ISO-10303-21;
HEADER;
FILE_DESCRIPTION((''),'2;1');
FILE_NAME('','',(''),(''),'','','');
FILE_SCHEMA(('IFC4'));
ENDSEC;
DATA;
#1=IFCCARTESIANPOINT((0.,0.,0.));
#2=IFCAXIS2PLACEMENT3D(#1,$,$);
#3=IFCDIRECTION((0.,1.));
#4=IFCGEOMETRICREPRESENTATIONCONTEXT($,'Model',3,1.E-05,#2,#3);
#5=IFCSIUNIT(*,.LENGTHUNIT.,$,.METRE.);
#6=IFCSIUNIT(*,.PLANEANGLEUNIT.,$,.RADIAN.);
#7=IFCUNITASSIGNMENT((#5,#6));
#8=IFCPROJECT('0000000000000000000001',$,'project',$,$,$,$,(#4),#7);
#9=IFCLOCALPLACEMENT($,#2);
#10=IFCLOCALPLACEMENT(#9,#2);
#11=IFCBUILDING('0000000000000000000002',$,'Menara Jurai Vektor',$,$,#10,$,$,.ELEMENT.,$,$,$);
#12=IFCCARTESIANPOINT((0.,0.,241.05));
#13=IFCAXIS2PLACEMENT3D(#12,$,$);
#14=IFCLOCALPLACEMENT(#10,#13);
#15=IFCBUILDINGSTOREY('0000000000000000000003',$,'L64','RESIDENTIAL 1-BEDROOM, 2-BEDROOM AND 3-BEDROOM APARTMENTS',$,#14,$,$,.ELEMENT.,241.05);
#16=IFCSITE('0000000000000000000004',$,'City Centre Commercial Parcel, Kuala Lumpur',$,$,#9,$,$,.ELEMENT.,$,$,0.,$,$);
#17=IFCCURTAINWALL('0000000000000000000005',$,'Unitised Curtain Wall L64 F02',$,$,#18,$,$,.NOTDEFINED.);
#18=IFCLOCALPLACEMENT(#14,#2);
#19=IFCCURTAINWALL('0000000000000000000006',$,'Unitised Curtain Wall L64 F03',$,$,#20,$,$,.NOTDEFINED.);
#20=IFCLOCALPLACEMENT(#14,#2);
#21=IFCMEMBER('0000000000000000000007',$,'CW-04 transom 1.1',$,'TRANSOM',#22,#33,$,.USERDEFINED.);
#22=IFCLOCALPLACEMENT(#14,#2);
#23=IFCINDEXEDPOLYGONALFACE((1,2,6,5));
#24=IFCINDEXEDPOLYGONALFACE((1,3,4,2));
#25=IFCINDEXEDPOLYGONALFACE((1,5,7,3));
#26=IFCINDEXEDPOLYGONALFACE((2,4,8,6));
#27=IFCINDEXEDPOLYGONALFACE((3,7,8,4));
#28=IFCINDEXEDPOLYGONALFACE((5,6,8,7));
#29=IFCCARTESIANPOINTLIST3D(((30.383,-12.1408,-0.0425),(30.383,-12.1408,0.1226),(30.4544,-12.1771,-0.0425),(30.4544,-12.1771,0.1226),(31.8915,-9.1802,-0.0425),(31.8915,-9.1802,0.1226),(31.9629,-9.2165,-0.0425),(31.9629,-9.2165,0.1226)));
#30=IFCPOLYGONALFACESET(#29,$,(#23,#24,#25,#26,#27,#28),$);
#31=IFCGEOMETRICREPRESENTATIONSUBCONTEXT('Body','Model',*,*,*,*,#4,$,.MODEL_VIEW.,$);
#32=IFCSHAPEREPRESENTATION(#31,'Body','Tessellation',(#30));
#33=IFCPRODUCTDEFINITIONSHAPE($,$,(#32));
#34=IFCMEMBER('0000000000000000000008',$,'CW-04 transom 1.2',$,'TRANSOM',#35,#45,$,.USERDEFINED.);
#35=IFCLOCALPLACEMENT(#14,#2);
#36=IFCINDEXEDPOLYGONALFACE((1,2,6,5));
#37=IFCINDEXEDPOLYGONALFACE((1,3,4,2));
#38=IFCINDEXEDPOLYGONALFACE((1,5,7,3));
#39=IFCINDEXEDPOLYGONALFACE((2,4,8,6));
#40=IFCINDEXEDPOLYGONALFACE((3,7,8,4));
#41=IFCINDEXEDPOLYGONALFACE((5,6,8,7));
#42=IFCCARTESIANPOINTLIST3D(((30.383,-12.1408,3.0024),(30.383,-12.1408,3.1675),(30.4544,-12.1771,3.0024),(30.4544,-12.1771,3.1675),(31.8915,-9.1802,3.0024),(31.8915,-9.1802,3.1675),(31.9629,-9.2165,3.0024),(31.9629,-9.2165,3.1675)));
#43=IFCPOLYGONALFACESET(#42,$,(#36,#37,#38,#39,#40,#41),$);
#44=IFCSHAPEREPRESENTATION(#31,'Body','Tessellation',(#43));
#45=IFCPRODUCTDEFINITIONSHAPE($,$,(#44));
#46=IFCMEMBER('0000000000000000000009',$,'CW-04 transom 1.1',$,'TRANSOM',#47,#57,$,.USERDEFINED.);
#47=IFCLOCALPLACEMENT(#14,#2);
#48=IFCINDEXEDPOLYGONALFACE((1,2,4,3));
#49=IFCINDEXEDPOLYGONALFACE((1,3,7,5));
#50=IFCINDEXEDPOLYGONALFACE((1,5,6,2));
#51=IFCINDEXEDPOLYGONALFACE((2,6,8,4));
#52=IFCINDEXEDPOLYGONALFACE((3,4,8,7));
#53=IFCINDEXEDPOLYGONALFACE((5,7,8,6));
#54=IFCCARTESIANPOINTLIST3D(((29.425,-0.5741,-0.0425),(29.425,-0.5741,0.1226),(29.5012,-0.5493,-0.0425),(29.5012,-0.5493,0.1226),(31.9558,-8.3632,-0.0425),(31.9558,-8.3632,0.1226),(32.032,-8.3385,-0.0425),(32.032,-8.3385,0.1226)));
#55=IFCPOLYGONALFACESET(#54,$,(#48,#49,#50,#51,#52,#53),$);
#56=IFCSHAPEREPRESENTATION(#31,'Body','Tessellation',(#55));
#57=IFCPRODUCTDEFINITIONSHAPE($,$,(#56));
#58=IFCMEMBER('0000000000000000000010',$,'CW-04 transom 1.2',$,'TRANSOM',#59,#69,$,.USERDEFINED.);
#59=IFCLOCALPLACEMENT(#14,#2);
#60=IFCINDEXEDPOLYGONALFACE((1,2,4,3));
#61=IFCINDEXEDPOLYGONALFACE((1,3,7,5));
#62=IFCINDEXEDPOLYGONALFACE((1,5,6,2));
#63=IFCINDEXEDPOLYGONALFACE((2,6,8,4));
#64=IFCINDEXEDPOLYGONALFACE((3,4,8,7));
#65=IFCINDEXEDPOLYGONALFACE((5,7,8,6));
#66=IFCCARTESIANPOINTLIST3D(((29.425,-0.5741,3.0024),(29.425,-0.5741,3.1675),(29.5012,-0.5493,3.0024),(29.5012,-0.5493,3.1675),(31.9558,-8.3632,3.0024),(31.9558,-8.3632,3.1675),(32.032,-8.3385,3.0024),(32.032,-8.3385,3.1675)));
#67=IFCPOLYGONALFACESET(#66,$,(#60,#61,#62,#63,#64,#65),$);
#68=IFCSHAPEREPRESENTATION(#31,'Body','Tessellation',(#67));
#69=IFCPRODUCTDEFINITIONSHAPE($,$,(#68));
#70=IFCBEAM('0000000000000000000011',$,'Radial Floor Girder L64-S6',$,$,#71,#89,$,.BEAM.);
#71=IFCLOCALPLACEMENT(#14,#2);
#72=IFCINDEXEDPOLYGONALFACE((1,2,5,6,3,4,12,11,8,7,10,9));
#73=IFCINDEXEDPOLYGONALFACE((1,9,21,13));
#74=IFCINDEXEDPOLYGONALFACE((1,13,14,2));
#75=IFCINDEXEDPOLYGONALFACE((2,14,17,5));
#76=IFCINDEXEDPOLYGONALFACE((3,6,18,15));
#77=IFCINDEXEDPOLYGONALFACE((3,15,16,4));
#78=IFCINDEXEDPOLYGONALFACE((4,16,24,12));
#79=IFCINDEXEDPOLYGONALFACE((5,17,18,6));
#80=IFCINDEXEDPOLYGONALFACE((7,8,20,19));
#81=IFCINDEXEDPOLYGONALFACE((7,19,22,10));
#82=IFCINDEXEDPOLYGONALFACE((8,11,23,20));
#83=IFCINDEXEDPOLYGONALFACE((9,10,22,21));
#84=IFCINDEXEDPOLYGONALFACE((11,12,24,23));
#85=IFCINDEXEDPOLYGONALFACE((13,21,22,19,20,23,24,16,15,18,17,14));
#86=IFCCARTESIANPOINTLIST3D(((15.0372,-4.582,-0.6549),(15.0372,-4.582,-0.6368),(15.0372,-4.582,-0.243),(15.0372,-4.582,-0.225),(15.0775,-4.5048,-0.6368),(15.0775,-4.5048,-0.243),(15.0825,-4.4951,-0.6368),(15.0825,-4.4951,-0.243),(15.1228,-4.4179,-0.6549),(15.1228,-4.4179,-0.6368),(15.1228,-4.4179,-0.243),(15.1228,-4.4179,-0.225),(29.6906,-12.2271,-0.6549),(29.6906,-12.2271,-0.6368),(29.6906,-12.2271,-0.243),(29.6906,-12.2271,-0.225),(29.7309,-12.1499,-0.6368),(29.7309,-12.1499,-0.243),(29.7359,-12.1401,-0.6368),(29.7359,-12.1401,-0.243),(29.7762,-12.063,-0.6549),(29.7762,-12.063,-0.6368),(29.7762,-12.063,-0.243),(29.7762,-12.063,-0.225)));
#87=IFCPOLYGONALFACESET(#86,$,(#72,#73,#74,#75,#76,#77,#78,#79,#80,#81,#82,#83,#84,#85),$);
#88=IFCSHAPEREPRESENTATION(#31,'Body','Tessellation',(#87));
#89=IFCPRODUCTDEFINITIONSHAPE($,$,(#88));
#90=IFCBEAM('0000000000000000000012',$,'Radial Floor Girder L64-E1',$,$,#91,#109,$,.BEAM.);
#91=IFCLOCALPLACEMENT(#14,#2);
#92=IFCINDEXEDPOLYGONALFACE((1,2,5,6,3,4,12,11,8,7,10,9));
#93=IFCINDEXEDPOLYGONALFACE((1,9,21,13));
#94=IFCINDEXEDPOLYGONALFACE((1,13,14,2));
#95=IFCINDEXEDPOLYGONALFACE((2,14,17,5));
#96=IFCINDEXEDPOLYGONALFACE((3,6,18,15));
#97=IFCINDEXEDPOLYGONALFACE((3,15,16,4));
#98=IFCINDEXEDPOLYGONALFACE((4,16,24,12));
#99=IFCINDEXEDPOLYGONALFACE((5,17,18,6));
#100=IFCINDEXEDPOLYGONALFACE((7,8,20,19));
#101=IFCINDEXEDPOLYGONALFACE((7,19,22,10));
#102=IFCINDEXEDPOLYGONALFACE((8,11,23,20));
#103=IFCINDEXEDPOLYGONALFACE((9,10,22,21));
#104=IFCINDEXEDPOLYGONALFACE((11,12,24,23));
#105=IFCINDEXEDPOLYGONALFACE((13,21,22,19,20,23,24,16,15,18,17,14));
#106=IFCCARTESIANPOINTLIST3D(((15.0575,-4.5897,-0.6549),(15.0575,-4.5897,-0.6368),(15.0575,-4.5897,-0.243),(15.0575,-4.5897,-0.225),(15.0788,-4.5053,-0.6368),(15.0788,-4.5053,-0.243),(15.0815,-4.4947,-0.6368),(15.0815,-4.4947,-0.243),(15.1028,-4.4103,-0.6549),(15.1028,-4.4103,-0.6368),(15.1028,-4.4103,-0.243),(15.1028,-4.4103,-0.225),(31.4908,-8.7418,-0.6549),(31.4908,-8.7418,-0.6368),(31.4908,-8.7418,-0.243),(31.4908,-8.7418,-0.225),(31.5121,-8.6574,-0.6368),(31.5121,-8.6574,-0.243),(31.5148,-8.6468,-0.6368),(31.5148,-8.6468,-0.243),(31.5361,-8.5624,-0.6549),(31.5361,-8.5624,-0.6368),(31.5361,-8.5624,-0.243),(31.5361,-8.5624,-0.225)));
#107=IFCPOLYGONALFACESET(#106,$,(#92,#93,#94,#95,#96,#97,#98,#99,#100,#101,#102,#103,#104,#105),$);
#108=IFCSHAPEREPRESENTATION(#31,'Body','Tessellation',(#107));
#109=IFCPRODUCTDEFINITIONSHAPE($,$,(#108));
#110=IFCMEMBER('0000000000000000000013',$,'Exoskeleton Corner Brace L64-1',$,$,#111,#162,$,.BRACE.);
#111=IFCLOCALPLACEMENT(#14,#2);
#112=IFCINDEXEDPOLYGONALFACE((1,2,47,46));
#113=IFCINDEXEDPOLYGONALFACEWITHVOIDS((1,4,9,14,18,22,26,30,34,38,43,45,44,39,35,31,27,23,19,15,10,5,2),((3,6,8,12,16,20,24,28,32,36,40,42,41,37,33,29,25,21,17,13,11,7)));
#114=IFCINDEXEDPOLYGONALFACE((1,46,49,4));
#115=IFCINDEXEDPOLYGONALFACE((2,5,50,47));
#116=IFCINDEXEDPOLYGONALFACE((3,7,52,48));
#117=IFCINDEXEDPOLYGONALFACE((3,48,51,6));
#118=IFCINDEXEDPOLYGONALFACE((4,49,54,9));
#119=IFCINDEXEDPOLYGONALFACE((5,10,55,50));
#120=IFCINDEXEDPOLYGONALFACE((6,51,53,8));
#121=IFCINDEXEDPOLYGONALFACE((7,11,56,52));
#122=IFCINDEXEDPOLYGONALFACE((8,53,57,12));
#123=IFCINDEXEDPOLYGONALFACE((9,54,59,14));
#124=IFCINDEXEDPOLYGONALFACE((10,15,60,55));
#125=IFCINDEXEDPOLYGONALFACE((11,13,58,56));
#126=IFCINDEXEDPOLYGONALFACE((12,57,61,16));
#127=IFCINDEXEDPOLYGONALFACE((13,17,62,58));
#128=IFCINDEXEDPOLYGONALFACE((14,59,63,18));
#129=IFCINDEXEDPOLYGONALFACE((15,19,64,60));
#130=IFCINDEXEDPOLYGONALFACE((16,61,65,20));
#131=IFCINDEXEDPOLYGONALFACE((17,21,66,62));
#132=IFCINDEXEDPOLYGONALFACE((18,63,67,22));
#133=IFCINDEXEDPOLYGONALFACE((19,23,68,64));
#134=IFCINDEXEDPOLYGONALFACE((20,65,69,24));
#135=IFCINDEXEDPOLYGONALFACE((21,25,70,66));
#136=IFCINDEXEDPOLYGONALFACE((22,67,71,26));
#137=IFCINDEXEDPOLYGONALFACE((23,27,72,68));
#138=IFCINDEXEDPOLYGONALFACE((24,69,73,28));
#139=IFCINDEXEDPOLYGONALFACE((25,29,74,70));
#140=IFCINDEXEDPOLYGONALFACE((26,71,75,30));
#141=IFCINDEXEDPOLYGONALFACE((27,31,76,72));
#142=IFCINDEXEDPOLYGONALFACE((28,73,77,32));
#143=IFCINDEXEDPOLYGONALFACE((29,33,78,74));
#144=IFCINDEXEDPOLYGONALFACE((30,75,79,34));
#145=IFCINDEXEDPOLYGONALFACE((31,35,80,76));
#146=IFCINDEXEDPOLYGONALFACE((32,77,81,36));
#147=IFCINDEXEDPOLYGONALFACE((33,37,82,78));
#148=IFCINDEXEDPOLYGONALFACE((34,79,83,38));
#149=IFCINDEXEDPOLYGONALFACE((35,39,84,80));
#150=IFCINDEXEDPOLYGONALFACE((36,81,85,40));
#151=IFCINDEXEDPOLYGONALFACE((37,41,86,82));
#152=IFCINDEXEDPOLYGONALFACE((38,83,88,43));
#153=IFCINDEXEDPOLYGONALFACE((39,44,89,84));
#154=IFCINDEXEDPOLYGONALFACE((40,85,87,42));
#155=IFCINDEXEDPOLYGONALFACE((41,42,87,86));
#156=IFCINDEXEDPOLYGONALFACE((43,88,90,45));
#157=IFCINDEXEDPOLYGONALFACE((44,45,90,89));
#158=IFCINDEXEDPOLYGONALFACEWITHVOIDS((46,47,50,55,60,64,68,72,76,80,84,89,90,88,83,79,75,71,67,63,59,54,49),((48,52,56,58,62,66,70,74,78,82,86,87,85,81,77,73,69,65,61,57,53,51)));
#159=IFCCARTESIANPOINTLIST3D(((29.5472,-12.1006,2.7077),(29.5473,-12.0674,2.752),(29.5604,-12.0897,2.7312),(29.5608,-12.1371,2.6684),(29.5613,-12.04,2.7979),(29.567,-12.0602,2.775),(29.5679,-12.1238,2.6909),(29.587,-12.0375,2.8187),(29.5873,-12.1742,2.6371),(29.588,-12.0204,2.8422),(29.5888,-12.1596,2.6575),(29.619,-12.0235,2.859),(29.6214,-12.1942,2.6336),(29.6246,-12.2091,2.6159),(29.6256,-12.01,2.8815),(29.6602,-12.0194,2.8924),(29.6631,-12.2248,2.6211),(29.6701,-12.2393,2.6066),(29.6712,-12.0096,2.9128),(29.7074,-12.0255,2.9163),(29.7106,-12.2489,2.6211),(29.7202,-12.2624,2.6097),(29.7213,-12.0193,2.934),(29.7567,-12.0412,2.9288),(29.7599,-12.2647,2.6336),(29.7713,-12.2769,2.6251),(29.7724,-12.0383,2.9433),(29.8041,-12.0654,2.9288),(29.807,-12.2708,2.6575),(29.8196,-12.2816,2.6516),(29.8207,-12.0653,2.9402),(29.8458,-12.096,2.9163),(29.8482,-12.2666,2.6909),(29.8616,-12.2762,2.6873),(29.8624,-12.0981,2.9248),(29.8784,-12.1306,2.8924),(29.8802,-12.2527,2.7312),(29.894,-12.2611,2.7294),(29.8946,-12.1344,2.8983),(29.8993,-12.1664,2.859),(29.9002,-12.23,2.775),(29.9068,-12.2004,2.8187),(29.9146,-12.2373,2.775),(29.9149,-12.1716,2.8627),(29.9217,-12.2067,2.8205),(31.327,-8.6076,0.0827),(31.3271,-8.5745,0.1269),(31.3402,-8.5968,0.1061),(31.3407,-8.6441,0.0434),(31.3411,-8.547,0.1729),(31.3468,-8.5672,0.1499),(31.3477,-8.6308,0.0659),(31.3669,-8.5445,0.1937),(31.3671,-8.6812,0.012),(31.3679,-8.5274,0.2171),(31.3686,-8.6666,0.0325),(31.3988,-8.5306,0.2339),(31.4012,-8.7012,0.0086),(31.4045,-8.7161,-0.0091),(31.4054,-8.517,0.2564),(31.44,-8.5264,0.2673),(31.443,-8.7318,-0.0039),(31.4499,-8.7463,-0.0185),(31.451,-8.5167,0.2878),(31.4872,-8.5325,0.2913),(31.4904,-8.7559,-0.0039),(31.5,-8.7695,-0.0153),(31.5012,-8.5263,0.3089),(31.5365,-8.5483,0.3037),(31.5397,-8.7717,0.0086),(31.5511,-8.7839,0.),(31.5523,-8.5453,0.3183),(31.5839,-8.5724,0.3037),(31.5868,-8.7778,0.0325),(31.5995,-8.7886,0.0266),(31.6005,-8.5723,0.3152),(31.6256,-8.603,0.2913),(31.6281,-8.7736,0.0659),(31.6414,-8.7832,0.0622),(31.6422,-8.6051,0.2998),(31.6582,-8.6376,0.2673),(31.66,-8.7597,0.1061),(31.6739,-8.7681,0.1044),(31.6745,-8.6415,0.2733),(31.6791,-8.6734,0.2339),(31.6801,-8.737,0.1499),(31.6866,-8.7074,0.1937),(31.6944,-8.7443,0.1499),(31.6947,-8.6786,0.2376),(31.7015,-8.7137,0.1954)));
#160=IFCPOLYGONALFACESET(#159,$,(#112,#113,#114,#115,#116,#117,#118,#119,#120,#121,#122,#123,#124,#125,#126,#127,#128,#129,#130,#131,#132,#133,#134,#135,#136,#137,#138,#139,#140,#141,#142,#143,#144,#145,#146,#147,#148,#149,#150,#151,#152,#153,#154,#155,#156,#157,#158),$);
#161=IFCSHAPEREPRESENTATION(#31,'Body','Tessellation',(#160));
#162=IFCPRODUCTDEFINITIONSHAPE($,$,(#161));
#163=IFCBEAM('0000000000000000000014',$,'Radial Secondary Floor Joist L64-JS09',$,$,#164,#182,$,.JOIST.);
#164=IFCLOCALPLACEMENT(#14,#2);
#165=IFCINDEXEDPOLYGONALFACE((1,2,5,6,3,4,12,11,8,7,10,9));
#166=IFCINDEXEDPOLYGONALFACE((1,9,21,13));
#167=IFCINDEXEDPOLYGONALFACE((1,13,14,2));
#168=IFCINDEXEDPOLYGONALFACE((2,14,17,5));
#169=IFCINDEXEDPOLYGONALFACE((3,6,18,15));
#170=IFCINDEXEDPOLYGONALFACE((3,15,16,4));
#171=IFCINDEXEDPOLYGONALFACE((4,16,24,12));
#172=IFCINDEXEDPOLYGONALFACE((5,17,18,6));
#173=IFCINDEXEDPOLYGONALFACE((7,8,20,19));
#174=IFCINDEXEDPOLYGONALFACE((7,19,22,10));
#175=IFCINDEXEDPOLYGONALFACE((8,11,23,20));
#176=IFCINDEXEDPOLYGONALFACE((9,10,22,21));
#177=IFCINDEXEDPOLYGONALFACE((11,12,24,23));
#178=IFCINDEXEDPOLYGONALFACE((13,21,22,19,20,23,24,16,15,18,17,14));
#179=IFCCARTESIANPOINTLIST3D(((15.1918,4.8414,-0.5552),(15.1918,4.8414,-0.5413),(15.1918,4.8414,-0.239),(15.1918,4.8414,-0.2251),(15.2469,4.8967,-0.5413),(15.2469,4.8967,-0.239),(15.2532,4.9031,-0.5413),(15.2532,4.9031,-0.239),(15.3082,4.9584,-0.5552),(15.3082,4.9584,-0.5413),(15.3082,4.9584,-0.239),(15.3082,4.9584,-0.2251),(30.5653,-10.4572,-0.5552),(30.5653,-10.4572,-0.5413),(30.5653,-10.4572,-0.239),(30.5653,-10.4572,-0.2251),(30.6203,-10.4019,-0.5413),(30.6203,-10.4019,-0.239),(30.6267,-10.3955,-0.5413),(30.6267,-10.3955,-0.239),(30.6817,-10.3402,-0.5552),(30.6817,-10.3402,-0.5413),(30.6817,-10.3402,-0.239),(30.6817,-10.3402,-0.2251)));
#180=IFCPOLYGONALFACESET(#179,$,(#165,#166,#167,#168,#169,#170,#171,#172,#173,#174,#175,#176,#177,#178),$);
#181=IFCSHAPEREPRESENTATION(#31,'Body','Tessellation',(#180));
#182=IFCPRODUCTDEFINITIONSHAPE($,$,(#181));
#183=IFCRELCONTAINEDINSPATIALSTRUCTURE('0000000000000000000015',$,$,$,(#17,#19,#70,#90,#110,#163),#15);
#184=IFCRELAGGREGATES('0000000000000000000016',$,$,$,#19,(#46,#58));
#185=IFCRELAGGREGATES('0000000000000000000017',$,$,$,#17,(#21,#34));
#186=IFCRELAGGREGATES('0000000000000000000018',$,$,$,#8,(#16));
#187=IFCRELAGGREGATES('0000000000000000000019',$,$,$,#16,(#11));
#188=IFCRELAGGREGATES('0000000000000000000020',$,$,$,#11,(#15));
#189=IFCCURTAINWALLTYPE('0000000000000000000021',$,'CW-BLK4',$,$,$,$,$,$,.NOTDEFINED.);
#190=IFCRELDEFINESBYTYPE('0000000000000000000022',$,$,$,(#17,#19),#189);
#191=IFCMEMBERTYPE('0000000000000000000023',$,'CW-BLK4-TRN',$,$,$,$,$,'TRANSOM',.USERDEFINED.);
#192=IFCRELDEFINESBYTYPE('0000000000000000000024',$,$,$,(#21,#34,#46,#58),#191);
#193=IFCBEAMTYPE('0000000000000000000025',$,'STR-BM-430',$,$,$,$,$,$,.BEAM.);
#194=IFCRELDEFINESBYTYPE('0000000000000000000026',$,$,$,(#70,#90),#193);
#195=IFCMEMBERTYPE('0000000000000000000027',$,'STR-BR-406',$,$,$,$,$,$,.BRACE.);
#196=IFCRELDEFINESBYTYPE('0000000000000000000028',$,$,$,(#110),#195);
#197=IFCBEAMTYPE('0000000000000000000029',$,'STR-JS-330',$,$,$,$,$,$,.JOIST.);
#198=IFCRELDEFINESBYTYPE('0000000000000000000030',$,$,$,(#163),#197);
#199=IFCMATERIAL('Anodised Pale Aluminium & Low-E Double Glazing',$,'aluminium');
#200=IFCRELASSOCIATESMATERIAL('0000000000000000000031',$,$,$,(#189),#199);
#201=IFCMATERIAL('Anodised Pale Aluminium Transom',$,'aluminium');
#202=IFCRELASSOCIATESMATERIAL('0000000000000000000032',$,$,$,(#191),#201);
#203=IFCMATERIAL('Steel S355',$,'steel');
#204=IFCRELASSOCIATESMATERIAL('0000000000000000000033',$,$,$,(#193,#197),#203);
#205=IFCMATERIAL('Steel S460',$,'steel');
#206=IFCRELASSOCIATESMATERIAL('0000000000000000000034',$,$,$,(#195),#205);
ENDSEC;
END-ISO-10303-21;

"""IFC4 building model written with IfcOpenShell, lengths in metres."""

from ifc_helpers import new_model, si_unit, direction, frame, origin, origin_2d, place, context, subcontext, project, spatial, rectangle, hollow_circle, i_section, extrude, material, material_profile, profile_set, type_object, element, aggregate, save


model = new_model("IFC4")

# Units and contexts
model_context = context("Model", 3, precision=1e-05, world=origin(), true_north=direction((0.0, 1.0)))
body_context = subcontext(model_context, "Body", "Model", "MODEL_VIEW")
ifc_project = project(units=[si_unit("LENGTHUNIT", "METRE"), si_unit("PLANEANGLEUNIT", "RADIAN")], contexts=[model_context])

# Site, building, storey
site_placement = place(None, origin())
site = spatial("IfcSite", under=ifc_project, at=site_placement, Name="City Centre Commercial Parcel, Kuala Lumpur", CompositionType="ELEMENT", RefElevation=0.0)
building_placement = place(site_placement, origin())
building = spatial("IfcBuilding", under=site, at=building_placement, Name="Menara Jurai Vektor", CompositionType="ELEMENT")
storey_placement = place(building_placement, frame((0.0, 0.0, 241.05)))
storey = spatial("IfcBuildingStorey", under=building, at=storey_placement, Name="L64", Description="RESIDENTIAL 1-BEDROOM, 2-BEDROOM AND 3-BEDROOM APARTMENTS", CompositionType="ELEMENT", Elevation=241.05)

# Shared definitions
ifc_material_1 = material(Name="Steel S460", Category="steel")

# Curtain wall
ifc_material_2 = material(Name="Anodised Pale Aluminium & Low-E Double Glazing", Category="aluminium")
curtain_wall_type = type_object("IfcCurtainWallType", Name="CW-BLK4", PredefinedType="NOTDEFINED", material=ifc_material_2)
curtain_wall_1_placement = place(storey_placement, origin())
curtain_wall_1 = element("IfcCurtainWall", 1, at=curtain_wall_1_placement, inside=storey, type_object=curtain_wall_type, Name="Unitised Curtain Wall L64 F02", PredefinedType="NOTDEFINED")

# Curtain wall
curtain_wall_2_placement = place(storey_placement, origin())
curtain_wall_2 = element("IfcCurtainWall", 2, at=curtain_wall_2_placement, inside=storey, type_object=curtain_wall_type, Name="Unitised Curtain Wall L64 F03", PredefinedType="NOTDEFINED")

# Members
ifc_material_3 = material(Name="Anodised Pale Aluminium Transom", Category="aluminium")
ifc_material_profile_1 = material_profile(ifc_material_3, rectangle(XDim=0.0801, YDim=0.165, at=origin_2d()), Name="ALU TRN 80x165")
ifc_profile_set_1 = profile_set([ifc_material_profile_1], Name="Anodised Pale Aluminium Transom")
member_type_1 = type_object("IfcMemberType", Name="CW-BLK4-TRN", ElementType="TRANSOM", PredefinedType="USERDEFINED", material=ifc_profile_set_1)
member_1_placement = place(storey_placement, frame((30.4187, -12.1589, 0.04), z_axis=(0.45399, 0.891007, 0.0), x_axis=(-0.891007, 0.45399, 0.0)))
member_1 = element("IfcMember", 3, at=member_1_placement, type_object=member_type_1, Name="CW-04 transom 1.1", ObjectType="TRANSOM", PredefinedType="USERDEFINED", context=body_context, shape_type="SweptSolid", body=[
    extrude(rectangle(XDim=0.0801, YDim=0.165, at=origin_2d()), origin(), (0.0, 0.0, 1.0), 3.3228),
])
member_2_placement = place(storey_placement, frame((30.4187, -12.1589, 3.085), z_axis=(0.45399, 0.891007, 0.0), x_axis=(-0.891007, 0.45399, 0.0)))
member_2 = element("IfcMember", 4, at=member_2_placement, type_object=member_type_1, Name="CW-04 transom 1.2", ObjectType="TRANSOM", PredefinedType="USERDEFINED", context=body_context, shape_type="SweptSolid", body=[
    extrude(rectangle(XDim=0.0801, YDim=0.165, at=origin_2d()), origin(), (0.0, 0.0, 1.0), 3.3228),
])
member_3_placement = place(storey_placement, frame((31.9939, -8.3508, 0.04), z_axis=(-0.309011, 0.951059, 0.0), x_axis=(-0.951059, -0.309011, 0.0)))
member_3 = element("IfcMember", 5, at=member_3_placement, type_object=member_type_1, Name="CW-04 transom 1.1", ObjectType="TRANSOM", PredefinedType="USERDEFINED", context=body_context, shape_type="SweptSolid", body=[
    extrude(rectangle(XDim=0.0801, YDim=0.165, at=origin_2d()), origin(), (0.0, 0.0, 1.0), 8.1899),
])
member_4_placement = place(storey_placement, frame((31.9939, -8.3508, 3.085), z_axis=(-0.309011, 0.951059, 0.0), x_axis=(-0.951059, -0.309011, 0.0)))
member_4 = element("IfcMember", 6, at=member_4_placement, type_object=member_type_1, Name="CW-04 transom 1.2", ObjectType="TRANSOM", PredefinedType="USERDEFINED", context=body_context, shape_type="SweptSolid", body=[
    extrude(rectangle(XDim=0.0801, YDim=0.165, at=origin_2d()), origin(), (0.0, 0.0, 1.0), 8.1899),
])

# Beams
ifc_material_4 = material(Name="Steel S355", Category="steel")
ifc_material_profile_2 = material_profile(ifc_material_4, i_section(OverallWidth=0.1851, OverallDepth=0.4299, WebThickness=0.011, FlangeThickness=0.0181, at=origin_2d()), Name="PG 430x185x76")
ifc_profile_set_2 = profile_set([ifc_material_profile_2], Name="Steel S355")
beam_type_1 = type_object("IfcBeamType", Name="STR-BM-430", PredefinedType="BEAM", material=ifc_profile_set_2)
beam_1_placement = place(storey_placement, frame((29.7334, -12.145, -0.4399), z_axis=(-0.88659, 0.462557, 0.0), x_axis=(-0.462557, -0.88659, 0.0)))
element("IfcBeam", 7, at=beam_1_placement, inside=storey, type_object=beam_type_1, Name="Radial Floor Girder L64-S6", PredefinedType="BEAM", context=body_context, shape_type="SweptSolid", body=[
    extrude(i_section(OverallWidth=0.1851, OverallDepth=0.4299, WebThickness=0.011, FlangeThickness=0.0181, at=origin_2d()), origin(), (0.0, 0.0, 1.0), 16.5278),
])
beam_2_placement = place(storey_placement, frame((31.5134, -8.6521, -0.4399), z_axis=(-0.969532, 0.244965, 0.0), x_axis=(-0.244965, -0.969532, 0.0)))
element("IfcBeam", 8, at=beam_2_placement, inside=storey, type_object=beam_type_1, Name="Radial Floor Girder L64-E1", PredefinedType="BEAM", context=body_context, shape_type="SweptSolid", body=[
    extrude(i_section(OverallWidth=0.1851, OverallDepth=0.4299, WebThickness=0.011, FlangeThickness=0.0181, at=origin_2d()), origin(), (0.0, 0.0, 1.0), 16.9497),
])

# Member
ifc_material_profile_3 = material_profile(ifc_material_1, hollow_circle(Radius=0.2031, WallThickness=0.0161, at=origin_2d()), Name="CHS 406.4x16")
ifc_profile_set_3 = profile_set([ifc_material_profile_3], Name="Steel S460")
member_type_2 = type_object("IfcMemberType", Name="STR-BR-406", PredefinedType="BRACE", material=ifc_profile_set_3)
member_5_placement = place(storey_placement, frame((31.5134, -8.6521, 0.1499), z_axis=(-0.37724, -0.740352, 0.556389), x_axis=(0.891001, -0.454001, 0.0)))
element("IfcMember", 9, at=member_5_placement, inside=storey, type_object=member_type_2, Name="Exoskeleton Corner Brace L64-1", PredefinedType="BRACE", context=body_context, shape_type="SweptSolid", body=[
    extrude(hollow_circle(Radius=0.2031, WallThickness=0.0161, at=origin_2d()), origin(), (0.0, 0.0, 1.0), 4.718),
])

# Beam
ifc_material_profile_4 = material_profile(ifc_material_4, i_section(OverallWidth=0.165, OverallDepth=0.3301, WebThickness=0.009, FlangeThickness=0.0139, at=origin_2d()), Name="PG 330x165x46")
ifc_profile_set_4 = profile_set([ifc_material_profile_4], Name="Steel S355")
beam_type_2 = type_object("IfcBeamType", Name="STR-JS-330", PredefinedType="JOIST", material=ifc_profile_set_4)
beam_3_placement = place(storey_placement, frame((30.6235, -10.3987, -0.3901), z_axis=(-0.708833, 0.705377, 0.0), x_axis=(-0.705377, -0.708833, 0.0)))
element("IfcBeam", 10, at=beam_3_placement, inside=storey, type_object=beam_type_2, Name="Radial Secondary Floor Joist L64-JS09", PredefinedType="JOIST", context=body_context, shape_type="SweptSolid", body=[
    extrude(i_section(OverallWidth=0.165, OverallDepth=0.3301, WebThickness=0.009, FlangeThickness=0.0139, at=origin_2d()), origin(), (0.0, 0.0, 1.0), 21.6885),
])

aggregate(curtain_wall_2, [member_3, member_4])
aggregate(curtain_wall_1, [member_1, member_2])

save(model, "model.ifc")
